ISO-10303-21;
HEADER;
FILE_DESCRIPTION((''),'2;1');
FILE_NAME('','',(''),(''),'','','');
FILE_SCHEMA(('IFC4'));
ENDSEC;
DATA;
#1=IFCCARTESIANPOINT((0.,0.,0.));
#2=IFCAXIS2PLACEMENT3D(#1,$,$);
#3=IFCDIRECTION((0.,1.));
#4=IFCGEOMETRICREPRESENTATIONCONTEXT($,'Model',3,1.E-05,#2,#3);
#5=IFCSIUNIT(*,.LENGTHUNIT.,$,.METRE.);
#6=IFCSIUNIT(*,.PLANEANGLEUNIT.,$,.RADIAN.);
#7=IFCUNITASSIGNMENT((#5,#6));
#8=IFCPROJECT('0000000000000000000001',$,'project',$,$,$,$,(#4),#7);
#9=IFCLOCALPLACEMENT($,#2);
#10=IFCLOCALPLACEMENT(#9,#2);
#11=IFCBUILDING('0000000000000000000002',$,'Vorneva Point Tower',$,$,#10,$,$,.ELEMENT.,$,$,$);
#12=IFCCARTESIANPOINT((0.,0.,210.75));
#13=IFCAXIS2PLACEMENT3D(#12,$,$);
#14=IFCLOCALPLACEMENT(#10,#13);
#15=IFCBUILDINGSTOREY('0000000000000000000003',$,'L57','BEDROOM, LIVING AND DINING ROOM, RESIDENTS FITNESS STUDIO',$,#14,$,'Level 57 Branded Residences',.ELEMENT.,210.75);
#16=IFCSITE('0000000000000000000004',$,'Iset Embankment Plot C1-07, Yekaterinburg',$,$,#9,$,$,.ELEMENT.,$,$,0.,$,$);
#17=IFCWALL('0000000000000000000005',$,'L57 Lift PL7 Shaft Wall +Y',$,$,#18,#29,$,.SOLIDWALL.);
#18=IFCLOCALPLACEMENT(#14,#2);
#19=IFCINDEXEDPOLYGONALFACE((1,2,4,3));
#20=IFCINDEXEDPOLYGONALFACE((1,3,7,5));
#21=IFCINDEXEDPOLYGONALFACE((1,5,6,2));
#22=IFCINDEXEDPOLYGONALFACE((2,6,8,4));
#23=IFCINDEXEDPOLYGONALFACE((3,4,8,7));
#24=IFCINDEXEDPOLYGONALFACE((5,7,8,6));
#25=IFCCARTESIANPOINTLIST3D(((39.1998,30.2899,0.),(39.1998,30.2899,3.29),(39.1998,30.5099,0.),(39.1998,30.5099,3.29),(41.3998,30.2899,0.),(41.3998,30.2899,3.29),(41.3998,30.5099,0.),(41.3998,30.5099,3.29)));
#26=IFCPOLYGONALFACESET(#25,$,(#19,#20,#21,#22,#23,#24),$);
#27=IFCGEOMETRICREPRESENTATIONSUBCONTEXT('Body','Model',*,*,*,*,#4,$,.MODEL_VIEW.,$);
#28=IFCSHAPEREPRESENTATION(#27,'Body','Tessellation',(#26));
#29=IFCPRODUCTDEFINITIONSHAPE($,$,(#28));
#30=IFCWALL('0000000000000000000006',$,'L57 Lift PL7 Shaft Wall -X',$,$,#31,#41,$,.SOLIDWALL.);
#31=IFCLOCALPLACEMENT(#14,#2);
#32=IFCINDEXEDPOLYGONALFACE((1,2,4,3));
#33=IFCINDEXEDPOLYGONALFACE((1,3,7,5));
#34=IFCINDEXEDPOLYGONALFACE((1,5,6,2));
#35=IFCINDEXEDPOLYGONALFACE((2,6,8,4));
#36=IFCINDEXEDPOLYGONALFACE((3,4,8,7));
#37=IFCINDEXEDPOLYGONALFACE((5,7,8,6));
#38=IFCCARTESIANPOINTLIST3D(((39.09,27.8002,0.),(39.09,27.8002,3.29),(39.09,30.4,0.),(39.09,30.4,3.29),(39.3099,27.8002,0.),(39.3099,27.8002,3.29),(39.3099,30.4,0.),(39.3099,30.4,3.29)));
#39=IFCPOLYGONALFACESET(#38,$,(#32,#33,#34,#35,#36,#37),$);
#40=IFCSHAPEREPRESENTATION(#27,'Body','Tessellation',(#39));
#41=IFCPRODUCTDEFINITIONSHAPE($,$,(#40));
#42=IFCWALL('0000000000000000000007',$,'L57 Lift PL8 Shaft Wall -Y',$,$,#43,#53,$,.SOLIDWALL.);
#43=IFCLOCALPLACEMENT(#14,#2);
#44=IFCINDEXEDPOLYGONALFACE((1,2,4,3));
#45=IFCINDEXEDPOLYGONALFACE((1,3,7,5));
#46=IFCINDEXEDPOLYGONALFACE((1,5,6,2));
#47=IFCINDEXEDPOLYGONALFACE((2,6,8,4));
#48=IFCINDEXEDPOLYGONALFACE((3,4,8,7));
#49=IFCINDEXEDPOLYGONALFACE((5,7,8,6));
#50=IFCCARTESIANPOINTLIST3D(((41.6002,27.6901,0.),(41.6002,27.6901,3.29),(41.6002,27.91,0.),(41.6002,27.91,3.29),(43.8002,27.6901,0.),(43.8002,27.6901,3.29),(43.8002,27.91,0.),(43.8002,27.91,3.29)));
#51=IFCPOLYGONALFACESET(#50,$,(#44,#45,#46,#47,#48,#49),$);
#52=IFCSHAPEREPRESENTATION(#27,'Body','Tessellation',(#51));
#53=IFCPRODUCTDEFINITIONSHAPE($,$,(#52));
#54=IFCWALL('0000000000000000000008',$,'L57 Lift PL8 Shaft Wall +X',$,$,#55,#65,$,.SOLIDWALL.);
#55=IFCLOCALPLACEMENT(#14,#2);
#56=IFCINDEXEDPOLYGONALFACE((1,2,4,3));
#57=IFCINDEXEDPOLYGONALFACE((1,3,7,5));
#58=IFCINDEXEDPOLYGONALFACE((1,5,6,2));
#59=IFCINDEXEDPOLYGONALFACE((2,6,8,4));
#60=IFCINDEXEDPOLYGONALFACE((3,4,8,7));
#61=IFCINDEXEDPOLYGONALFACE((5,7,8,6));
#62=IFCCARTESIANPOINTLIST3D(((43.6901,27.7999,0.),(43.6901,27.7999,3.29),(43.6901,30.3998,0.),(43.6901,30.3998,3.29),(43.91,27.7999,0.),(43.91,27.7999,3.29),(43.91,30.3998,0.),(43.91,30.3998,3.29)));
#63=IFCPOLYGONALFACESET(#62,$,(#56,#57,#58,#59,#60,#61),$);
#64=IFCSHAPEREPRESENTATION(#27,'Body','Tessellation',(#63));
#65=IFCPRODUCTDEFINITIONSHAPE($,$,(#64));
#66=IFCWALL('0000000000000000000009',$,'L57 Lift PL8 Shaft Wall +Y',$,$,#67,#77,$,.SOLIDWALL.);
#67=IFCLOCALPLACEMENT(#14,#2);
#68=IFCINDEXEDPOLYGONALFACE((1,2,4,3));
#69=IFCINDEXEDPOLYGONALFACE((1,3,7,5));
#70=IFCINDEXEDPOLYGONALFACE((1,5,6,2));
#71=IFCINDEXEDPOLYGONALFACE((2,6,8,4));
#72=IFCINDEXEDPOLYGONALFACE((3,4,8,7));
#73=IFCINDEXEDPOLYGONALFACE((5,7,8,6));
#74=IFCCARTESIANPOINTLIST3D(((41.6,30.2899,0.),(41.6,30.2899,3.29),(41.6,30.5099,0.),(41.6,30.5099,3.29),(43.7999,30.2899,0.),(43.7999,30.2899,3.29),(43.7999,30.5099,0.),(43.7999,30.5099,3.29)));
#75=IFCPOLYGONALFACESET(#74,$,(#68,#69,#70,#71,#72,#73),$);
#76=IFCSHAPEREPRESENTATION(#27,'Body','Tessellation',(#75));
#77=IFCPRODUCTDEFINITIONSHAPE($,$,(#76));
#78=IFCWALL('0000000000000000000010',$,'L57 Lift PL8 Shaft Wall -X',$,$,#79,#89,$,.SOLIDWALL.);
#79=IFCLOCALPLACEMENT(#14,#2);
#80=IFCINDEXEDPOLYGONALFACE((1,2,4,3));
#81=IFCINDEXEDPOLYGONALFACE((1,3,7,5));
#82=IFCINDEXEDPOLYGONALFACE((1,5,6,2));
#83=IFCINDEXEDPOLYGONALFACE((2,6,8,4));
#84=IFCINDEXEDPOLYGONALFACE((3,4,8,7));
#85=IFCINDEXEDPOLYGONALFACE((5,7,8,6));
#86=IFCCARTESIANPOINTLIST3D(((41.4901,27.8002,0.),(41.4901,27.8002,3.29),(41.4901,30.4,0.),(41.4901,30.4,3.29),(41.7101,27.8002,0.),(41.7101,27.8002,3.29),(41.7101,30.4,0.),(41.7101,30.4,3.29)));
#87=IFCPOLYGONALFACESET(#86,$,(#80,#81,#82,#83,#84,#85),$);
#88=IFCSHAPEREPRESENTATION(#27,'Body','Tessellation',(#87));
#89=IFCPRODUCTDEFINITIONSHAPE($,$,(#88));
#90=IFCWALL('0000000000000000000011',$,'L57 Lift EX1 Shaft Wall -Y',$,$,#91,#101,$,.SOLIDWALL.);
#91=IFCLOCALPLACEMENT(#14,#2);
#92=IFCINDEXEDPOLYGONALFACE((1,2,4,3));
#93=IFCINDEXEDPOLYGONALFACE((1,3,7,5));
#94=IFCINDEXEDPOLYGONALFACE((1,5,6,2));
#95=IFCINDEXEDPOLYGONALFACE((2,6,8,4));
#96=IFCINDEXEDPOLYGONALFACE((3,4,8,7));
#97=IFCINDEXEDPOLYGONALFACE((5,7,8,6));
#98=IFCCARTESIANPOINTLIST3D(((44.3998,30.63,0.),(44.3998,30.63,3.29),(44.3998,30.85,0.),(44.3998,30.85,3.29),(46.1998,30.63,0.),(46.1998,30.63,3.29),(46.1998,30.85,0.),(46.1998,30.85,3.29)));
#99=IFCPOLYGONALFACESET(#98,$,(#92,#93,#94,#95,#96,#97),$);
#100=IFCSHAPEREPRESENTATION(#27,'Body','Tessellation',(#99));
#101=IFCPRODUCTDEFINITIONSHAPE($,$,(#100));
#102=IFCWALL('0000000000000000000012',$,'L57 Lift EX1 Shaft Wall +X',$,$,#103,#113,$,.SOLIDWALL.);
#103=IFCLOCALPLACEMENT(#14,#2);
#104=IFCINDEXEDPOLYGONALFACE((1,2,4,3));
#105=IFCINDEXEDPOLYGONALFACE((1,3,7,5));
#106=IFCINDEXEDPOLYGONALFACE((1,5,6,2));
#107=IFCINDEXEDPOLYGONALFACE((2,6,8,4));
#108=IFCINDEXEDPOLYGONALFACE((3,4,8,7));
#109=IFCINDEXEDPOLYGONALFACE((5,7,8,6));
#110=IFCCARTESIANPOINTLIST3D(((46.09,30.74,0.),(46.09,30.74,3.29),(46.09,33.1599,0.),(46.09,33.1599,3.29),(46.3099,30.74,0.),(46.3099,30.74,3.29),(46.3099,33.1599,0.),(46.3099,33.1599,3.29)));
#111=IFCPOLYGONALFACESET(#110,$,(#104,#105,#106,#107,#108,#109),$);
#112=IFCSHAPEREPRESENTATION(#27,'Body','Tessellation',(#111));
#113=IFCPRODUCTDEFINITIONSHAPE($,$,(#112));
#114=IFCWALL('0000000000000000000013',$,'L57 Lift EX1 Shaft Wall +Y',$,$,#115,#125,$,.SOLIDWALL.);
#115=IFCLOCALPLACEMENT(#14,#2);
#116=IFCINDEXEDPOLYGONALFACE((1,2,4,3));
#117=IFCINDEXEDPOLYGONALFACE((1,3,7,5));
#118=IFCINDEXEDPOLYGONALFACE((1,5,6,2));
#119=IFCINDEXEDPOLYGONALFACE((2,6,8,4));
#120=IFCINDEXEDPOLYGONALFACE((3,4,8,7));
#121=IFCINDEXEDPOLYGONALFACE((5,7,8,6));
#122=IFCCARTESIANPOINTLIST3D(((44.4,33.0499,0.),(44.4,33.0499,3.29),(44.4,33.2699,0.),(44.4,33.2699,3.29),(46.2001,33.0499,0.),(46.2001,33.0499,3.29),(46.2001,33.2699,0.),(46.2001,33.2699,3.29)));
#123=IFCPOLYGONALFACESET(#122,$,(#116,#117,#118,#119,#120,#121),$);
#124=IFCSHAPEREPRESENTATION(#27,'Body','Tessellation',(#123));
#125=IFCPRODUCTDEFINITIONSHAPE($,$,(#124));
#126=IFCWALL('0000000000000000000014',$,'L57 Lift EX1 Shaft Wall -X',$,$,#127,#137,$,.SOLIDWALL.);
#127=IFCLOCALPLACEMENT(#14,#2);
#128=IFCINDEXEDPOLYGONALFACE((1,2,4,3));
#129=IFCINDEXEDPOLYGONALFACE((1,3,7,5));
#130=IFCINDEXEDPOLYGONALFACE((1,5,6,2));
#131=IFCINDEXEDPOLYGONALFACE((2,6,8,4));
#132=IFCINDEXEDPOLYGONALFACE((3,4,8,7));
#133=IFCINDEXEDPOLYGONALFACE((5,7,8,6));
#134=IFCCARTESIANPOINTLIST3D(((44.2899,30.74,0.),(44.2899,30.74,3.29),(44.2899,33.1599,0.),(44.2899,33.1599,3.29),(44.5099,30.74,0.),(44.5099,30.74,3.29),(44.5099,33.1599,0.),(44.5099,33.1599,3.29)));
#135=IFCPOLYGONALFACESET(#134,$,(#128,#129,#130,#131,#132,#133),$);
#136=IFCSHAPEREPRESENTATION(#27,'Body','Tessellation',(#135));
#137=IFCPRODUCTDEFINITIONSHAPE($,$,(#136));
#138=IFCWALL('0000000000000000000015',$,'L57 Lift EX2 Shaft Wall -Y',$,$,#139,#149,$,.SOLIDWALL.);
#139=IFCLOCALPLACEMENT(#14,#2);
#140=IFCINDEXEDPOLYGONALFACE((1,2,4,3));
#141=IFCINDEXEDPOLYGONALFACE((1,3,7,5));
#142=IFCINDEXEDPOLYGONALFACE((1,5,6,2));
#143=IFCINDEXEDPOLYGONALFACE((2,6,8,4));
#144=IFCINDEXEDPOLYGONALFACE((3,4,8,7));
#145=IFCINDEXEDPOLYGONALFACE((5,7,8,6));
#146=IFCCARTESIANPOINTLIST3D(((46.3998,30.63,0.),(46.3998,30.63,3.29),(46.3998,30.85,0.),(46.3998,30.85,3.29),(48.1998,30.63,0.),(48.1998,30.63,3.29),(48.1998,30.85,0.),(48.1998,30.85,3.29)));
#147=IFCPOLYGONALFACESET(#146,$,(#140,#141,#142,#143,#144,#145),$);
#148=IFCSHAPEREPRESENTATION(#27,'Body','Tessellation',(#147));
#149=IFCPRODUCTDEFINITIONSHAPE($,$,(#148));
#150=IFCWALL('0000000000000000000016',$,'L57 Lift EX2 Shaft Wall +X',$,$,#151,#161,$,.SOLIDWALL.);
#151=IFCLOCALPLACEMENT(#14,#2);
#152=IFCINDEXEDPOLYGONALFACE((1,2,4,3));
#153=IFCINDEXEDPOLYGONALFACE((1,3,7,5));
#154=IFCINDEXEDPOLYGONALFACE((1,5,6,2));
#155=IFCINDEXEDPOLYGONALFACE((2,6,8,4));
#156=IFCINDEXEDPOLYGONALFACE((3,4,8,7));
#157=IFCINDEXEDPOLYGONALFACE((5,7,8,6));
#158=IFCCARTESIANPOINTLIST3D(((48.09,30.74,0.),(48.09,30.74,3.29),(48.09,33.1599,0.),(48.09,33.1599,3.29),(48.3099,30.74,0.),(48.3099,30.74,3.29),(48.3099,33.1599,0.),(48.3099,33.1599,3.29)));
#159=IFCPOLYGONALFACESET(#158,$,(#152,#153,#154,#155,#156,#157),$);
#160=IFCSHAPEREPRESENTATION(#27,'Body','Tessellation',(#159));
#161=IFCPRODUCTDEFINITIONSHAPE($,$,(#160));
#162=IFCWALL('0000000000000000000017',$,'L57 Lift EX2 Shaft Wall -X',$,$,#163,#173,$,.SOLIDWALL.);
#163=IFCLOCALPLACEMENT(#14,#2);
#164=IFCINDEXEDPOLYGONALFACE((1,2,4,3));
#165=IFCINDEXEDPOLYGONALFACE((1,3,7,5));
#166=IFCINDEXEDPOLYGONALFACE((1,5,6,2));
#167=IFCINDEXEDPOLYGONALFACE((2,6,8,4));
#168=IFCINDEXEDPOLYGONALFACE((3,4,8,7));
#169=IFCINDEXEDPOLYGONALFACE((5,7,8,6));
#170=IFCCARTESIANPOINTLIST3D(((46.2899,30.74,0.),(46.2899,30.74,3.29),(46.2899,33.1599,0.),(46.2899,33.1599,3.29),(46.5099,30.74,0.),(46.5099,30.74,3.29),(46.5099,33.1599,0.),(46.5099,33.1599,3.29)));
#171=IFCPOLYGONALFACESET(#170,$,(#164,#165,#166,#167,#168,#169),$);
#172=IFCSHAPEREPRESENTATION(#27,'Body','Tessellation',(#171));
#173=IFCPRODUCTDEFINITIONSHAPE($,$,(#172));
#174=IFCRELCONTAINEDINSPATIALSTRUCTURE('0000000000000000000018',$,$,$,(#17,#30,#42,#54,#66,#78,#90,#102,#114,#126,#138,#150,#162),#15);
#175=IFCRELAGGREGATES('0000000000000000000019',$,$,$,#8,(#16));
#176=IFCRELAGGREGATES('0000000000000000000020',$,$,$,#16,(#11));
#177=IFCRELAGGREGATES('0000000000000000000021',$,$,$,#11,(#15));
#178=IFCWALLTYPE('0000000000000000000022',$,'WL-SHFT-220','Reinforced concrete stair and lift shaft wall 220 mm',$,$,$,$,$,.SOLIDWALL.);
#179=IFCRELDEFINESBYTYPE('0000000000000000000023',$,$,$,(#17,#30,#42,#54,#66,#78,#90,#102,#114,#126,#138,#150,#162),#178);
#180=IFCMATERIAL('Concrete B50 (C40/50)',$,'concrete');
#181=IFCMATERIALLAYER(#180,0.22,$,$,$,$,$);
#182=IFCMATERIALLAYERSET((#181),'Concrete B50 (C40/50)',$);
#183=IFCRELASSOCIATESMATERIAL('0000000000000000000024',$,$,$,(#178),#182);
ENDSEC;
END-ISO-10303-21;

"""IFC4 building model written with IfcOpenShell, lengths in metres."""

from ifc_helpers import new_model, si_unit, direction, frame, frame_2d, origin, place, context, subcontext, project, spatial, rectangle, extrude, material, layer, layer_set, type_object, element, save


model = new_model("IFC4")

# Units and contexts
model_context = context("Model", 3, precision=1e-05, world=origin(), true_north=direction((0.0, 1.0)))
body_context = subcontext(model_context, "Body", "Model", "MODEL_VIEW")
ifc_project = project(units=[si_unit("LENGTHUNIT", "METRE"), si_unit("PLANEANGLEUNIT", "RADIAN")], contexts=[model_context])

# Site, building, storey
site_placement = place(None, origin())
site = spatial("IfcSite", under=ifc_project, at=site_placement, Name="Iset Embankment Plot C1-07, Yekaterinburg", CompositionType="ELEMENT", RefElevation=0.0)
building_placement = place(site_placement, origin())
building = spatial("IfcBuilding", under=site, at=building_placement, Name="Vorneva Point Tower", CompositionType="ELEMENT")
storey_placement = place(building_placement, frame((0.0, 0.0, 210.75)))
storey = spatial("IfcBuildingStorey", under=building, at=storey_placement, Name="L57", Description="BEDROOM, LIVING AND DINING ROOM, RESIDENTS FITNESS STUDIO", LongName="Level 57 Branded Residences", CompositionType="ELEMENT", Elevation=210.75)

# Shared definitions
ifc_material_1 = material(Name="Concrete B50 (C40/50)", Category="concrete")

# Walls
ifc_layer_1 = layer(ifc_material_1, 0.22)
ifc_layer_set_1 = layer_set([ifc_layer_1], Name="Concrete B50 (C40/50)")
wall_type_1 = type_object("IfcWallType", Name="WL-SHFT-220", Description="Reinforced concrete stair and lift shaft wall 220 mm", PredefinedType="SOLIDWALL", material=ifc_layer_set_1)
wall_1_placement = place(storey_placement, frame((41.3999, 30.3999, 0.0), z_axis=(0.0, 0.0, 1.0), x_axis=(-1.0, 0.0, 0.0)))
element("IfcWall", 1, at=wall_1_placement, inside=storey, type_object=wall_type_1, Name="L57 Lift PL7 Shaft Wall +Y", PredefinedType="SOLIDWALL", context=body_context, shape_type="SweptSolid", body=[
    extrude(rectangle(XDim=2.2, YDim=0.22, at=frame_2d((1.1001, 0.0))), origin(), (0.0, 0.0, 1.0), 3.29),
])
wall_2_placement = place(storey_placement, frame((39.2, 30.3999, 0.0), z_axis=(0.0, 0.0, 1.0), x_axis=(0.0, -1.0, 0.0)))
element("IfcWall", 2, at=wall_2_placement, inside=storey, type_object=wall_type_1, Name="L57 Lift PL7 Shaft Wall -X", PredefinedType="SOLIDWALL", context=body_context, shape_type="SweptSolid", body=[
    extrude(rectangle(XDim=2.5999, YDim=0.22, at=frame_2d((1.2998, 0.0))), origin(), (0.0, 0.0, 1.0), 3.29),
])
wall_3_placement = place(storey_placement, frame((41.6001, 27.8, 0.0), z_axis=(0.0, 0.0, 1.0), x_axis=(1.0, 0.0, 0.0)))
element("IfcWall", 3, at=wall_3_placement, inside=storey, type_object=wall_type_1, Name="L57 Lift PL8 Shaft Wall -Y", PredefinedType="SOLIDWALL", context=body_context, shape_type="SweptSolid", body=[
    extrude(rectangle(XDim=2.2, YDim=0.22, at=frame_2d((1.1001, 0.0))), origin(), (0.0, 0.0, 1.0), 3.29),
])
wall_4_placement = place(storey_placement, frame((43.8, 27.8, 0.0), z_axis=(0.0, 0.0, 1.0), x_axis=(0.0, 1.0, 0.0)))
element("IfcWall", 4, at=wall_4_placement, inside=storey, type_object=wall_type_1, Name="L57 Lift PL8 Shaft Wall +X", PredefinedType="SOLIDWALL", context=body_context, shape_type="SweptSolid", body=[
    extrude(rectangle(XDim=2.5999, YDim=0.22, at=frame_2d((1.2998, 0.0))), origin(), (0.0, 0.0, 1.0), 3.29),
])
wall_5_placement = place(storey_placement, frame((43.8, 30.3999, 0.0), z_axis=(0.0, 0.0, 1.0), x_axis=(-1.0, 0.0, 0.0)))
element("IfcWall", 5, at=wall_5_placement, inside=storey, type_object=wall_type_1, Name="L57 Lift PL8 Shaft Wall +Y", PredefinedType="SOLIDWALL", context=body_context, shape_type="SweptSolid", body=[
    extrude(rectangle(XDim=2.2, YDim=0.22, at=frame_2d((1.1001, 0.0))), origin(), (0.0, 0.0, 1.0), 3.29),
])
wall_6_placement = place(storey_placement, frame((41.6001, 30.3999, 0.0), z_axis=(0.0, 0.0, 1.0), x_axis=(0.0, -1.0, 0.0)))
element("IfcWall", 6, at=wall_6_placement, inside=storey, type_object=wall_type_1, Name="L57 Lift PL8 Shaft Wall -X", PredefinedType="SOLIDWALL", context=body_context, shape_type="SweptSolid", body=[
    extrude(rectangle(XDim=2.5999, YDim=0.22, at=frame_2d((1.2998, 0.0))), origin(), (0.0, 0.0, 1.0), 3.29),
])
wall_7_placement = place(storey_placement, frame((44.3999, 30.74, 0.0), z_axis=(0.0, 0.0, 1.0), x_axis=(1.0, 0.0, 0.0)))
element("IfcWall", 7, at=wall_7_placement, inside=storey, type_object=wall_type_1, Name="L57 Lift EX1 Shaft Wall -Y", PredefinedType="SOLIDWALL", context=body_context, shape_type="SweptSolid", body=[
    extrude(rectangle(XDim=1.8, YDim=0.22, at=frame_2d((0.8999, 0.0))), origin(), (0.0, 0.0, 1.0), 3.29),
])
wall_8_placement = place(storey_placement, frame((46.2, 30.74, 0.0), z_axis=(0.0, 0.0, 1.0), x_axis=(0.0, 1.0, 0.0)))
element("IfcWall", 8, at=wall_8_placement, inside=storey, type_object=wall_type_1, Name="L57 Lift EX1 Shaft Wall +X", PredefinedType="SOLIDWALL", context=body_context, shape_type="SweptSolid", body=[
    extrude(rectangle(XDim=2.4199, YDim=0.22, at=frame_2d((1.21, 0.0))), origin(), (0.0, 0.0, 1.0), 3.29),
])
wall_9_placement = place(storey_placement, frame((46.2, 33.1599, 0.0), z_axis=(0.0, 0.0, 1.0), x_axis=(-1.0, 0.0, 0.0)))
element("IfcWall", 9, at=wall_9_placement, inside=storey, type_object=wall_type_1, Name="L57 Lift EX1 Shaft Wall +Y", PredefinedType="SOLIDWALL", context=body_context, shape_type="SweptSolid", body=[
    extrude(rectangle(XDim=1.8, YDim=0.22, at=frame_2d((0.8999, 0.0))), origin(), (0.0, 0.0, 1.0), 3.29),
])
wall_10_placement = place(storey_placement, frame((44.3999, 33.1599, 0.0), z_axis=(0.0, 0.0, 1.0), x_axis=(0.0, -1.0, 0.0)))
element("IfcWall", 10, at=wall_10_placement, inside=storey, type_object=wall_type_1, Name="L57 Lift EX1 Shaft Wall -X", PredefinedType="SOLIDWALL", context=body_context, shape_type="SweptSolid", body=[
    extrude(rectangle(XDim=2.4199, YDim=0.22, at=frame_2d((1.21, 0.0))), origin(), (0.0, 0.0, 1.0), 3.29),
])
wall_11_placement = place(storey_placement, frame((46.3999, 30.74, 0.0), z_axis=(0.0, 0.0, 1.0), x_axis=(1.0, 0.0, 0.0)))
element("IfcWall", 11, at=wall_11_placement, inside=storey, type_object=wall_type_1, Name="L57 Lift EX2 Shaft Wall -Y", PredefinedType="SOLIDWALL", context=body_context, shape_type="SweptSolid", body=[
    extrude(rectangle(XDim=1.8, YDim=0.22, at=frame_2d((0.8999, 0.0))), origin(), (0.0, 0.0, 1.0), 3.29),
])
for number, where, z_axis, x_axis, name in (
    (12, (48.2, 30.74, 0.0), (0.0, 0.0, 1.0), (0.0, 1.0, 0.0), "L57 Lift EX2 Shaft Wall +X"),
    (13, (46.3999, 33.1599, 0.0), (0.0, 0.0, 1.0), (0.0, -1.0, 0.0), "L57 Lift EX2 Shaft Wall -X"),
):
    element("IfcWall", number, at=place(storey_placement, frame(where, z_axis=z_axis, x_axis=x_axis)), inside=storey, type_object=wall_type_1, Name=name, PredefinedType="SOLIDWALL", context=body_context, shape_type="SweptSolid", body=[
        extrude(rectangle(XDim=2.4199, YDim=0.22, at=frame_2d((1.21, 0.0))), origin(), (0.0, 0.0, 1.0), 3.29),
    ])

save(model, "model.ifc")
